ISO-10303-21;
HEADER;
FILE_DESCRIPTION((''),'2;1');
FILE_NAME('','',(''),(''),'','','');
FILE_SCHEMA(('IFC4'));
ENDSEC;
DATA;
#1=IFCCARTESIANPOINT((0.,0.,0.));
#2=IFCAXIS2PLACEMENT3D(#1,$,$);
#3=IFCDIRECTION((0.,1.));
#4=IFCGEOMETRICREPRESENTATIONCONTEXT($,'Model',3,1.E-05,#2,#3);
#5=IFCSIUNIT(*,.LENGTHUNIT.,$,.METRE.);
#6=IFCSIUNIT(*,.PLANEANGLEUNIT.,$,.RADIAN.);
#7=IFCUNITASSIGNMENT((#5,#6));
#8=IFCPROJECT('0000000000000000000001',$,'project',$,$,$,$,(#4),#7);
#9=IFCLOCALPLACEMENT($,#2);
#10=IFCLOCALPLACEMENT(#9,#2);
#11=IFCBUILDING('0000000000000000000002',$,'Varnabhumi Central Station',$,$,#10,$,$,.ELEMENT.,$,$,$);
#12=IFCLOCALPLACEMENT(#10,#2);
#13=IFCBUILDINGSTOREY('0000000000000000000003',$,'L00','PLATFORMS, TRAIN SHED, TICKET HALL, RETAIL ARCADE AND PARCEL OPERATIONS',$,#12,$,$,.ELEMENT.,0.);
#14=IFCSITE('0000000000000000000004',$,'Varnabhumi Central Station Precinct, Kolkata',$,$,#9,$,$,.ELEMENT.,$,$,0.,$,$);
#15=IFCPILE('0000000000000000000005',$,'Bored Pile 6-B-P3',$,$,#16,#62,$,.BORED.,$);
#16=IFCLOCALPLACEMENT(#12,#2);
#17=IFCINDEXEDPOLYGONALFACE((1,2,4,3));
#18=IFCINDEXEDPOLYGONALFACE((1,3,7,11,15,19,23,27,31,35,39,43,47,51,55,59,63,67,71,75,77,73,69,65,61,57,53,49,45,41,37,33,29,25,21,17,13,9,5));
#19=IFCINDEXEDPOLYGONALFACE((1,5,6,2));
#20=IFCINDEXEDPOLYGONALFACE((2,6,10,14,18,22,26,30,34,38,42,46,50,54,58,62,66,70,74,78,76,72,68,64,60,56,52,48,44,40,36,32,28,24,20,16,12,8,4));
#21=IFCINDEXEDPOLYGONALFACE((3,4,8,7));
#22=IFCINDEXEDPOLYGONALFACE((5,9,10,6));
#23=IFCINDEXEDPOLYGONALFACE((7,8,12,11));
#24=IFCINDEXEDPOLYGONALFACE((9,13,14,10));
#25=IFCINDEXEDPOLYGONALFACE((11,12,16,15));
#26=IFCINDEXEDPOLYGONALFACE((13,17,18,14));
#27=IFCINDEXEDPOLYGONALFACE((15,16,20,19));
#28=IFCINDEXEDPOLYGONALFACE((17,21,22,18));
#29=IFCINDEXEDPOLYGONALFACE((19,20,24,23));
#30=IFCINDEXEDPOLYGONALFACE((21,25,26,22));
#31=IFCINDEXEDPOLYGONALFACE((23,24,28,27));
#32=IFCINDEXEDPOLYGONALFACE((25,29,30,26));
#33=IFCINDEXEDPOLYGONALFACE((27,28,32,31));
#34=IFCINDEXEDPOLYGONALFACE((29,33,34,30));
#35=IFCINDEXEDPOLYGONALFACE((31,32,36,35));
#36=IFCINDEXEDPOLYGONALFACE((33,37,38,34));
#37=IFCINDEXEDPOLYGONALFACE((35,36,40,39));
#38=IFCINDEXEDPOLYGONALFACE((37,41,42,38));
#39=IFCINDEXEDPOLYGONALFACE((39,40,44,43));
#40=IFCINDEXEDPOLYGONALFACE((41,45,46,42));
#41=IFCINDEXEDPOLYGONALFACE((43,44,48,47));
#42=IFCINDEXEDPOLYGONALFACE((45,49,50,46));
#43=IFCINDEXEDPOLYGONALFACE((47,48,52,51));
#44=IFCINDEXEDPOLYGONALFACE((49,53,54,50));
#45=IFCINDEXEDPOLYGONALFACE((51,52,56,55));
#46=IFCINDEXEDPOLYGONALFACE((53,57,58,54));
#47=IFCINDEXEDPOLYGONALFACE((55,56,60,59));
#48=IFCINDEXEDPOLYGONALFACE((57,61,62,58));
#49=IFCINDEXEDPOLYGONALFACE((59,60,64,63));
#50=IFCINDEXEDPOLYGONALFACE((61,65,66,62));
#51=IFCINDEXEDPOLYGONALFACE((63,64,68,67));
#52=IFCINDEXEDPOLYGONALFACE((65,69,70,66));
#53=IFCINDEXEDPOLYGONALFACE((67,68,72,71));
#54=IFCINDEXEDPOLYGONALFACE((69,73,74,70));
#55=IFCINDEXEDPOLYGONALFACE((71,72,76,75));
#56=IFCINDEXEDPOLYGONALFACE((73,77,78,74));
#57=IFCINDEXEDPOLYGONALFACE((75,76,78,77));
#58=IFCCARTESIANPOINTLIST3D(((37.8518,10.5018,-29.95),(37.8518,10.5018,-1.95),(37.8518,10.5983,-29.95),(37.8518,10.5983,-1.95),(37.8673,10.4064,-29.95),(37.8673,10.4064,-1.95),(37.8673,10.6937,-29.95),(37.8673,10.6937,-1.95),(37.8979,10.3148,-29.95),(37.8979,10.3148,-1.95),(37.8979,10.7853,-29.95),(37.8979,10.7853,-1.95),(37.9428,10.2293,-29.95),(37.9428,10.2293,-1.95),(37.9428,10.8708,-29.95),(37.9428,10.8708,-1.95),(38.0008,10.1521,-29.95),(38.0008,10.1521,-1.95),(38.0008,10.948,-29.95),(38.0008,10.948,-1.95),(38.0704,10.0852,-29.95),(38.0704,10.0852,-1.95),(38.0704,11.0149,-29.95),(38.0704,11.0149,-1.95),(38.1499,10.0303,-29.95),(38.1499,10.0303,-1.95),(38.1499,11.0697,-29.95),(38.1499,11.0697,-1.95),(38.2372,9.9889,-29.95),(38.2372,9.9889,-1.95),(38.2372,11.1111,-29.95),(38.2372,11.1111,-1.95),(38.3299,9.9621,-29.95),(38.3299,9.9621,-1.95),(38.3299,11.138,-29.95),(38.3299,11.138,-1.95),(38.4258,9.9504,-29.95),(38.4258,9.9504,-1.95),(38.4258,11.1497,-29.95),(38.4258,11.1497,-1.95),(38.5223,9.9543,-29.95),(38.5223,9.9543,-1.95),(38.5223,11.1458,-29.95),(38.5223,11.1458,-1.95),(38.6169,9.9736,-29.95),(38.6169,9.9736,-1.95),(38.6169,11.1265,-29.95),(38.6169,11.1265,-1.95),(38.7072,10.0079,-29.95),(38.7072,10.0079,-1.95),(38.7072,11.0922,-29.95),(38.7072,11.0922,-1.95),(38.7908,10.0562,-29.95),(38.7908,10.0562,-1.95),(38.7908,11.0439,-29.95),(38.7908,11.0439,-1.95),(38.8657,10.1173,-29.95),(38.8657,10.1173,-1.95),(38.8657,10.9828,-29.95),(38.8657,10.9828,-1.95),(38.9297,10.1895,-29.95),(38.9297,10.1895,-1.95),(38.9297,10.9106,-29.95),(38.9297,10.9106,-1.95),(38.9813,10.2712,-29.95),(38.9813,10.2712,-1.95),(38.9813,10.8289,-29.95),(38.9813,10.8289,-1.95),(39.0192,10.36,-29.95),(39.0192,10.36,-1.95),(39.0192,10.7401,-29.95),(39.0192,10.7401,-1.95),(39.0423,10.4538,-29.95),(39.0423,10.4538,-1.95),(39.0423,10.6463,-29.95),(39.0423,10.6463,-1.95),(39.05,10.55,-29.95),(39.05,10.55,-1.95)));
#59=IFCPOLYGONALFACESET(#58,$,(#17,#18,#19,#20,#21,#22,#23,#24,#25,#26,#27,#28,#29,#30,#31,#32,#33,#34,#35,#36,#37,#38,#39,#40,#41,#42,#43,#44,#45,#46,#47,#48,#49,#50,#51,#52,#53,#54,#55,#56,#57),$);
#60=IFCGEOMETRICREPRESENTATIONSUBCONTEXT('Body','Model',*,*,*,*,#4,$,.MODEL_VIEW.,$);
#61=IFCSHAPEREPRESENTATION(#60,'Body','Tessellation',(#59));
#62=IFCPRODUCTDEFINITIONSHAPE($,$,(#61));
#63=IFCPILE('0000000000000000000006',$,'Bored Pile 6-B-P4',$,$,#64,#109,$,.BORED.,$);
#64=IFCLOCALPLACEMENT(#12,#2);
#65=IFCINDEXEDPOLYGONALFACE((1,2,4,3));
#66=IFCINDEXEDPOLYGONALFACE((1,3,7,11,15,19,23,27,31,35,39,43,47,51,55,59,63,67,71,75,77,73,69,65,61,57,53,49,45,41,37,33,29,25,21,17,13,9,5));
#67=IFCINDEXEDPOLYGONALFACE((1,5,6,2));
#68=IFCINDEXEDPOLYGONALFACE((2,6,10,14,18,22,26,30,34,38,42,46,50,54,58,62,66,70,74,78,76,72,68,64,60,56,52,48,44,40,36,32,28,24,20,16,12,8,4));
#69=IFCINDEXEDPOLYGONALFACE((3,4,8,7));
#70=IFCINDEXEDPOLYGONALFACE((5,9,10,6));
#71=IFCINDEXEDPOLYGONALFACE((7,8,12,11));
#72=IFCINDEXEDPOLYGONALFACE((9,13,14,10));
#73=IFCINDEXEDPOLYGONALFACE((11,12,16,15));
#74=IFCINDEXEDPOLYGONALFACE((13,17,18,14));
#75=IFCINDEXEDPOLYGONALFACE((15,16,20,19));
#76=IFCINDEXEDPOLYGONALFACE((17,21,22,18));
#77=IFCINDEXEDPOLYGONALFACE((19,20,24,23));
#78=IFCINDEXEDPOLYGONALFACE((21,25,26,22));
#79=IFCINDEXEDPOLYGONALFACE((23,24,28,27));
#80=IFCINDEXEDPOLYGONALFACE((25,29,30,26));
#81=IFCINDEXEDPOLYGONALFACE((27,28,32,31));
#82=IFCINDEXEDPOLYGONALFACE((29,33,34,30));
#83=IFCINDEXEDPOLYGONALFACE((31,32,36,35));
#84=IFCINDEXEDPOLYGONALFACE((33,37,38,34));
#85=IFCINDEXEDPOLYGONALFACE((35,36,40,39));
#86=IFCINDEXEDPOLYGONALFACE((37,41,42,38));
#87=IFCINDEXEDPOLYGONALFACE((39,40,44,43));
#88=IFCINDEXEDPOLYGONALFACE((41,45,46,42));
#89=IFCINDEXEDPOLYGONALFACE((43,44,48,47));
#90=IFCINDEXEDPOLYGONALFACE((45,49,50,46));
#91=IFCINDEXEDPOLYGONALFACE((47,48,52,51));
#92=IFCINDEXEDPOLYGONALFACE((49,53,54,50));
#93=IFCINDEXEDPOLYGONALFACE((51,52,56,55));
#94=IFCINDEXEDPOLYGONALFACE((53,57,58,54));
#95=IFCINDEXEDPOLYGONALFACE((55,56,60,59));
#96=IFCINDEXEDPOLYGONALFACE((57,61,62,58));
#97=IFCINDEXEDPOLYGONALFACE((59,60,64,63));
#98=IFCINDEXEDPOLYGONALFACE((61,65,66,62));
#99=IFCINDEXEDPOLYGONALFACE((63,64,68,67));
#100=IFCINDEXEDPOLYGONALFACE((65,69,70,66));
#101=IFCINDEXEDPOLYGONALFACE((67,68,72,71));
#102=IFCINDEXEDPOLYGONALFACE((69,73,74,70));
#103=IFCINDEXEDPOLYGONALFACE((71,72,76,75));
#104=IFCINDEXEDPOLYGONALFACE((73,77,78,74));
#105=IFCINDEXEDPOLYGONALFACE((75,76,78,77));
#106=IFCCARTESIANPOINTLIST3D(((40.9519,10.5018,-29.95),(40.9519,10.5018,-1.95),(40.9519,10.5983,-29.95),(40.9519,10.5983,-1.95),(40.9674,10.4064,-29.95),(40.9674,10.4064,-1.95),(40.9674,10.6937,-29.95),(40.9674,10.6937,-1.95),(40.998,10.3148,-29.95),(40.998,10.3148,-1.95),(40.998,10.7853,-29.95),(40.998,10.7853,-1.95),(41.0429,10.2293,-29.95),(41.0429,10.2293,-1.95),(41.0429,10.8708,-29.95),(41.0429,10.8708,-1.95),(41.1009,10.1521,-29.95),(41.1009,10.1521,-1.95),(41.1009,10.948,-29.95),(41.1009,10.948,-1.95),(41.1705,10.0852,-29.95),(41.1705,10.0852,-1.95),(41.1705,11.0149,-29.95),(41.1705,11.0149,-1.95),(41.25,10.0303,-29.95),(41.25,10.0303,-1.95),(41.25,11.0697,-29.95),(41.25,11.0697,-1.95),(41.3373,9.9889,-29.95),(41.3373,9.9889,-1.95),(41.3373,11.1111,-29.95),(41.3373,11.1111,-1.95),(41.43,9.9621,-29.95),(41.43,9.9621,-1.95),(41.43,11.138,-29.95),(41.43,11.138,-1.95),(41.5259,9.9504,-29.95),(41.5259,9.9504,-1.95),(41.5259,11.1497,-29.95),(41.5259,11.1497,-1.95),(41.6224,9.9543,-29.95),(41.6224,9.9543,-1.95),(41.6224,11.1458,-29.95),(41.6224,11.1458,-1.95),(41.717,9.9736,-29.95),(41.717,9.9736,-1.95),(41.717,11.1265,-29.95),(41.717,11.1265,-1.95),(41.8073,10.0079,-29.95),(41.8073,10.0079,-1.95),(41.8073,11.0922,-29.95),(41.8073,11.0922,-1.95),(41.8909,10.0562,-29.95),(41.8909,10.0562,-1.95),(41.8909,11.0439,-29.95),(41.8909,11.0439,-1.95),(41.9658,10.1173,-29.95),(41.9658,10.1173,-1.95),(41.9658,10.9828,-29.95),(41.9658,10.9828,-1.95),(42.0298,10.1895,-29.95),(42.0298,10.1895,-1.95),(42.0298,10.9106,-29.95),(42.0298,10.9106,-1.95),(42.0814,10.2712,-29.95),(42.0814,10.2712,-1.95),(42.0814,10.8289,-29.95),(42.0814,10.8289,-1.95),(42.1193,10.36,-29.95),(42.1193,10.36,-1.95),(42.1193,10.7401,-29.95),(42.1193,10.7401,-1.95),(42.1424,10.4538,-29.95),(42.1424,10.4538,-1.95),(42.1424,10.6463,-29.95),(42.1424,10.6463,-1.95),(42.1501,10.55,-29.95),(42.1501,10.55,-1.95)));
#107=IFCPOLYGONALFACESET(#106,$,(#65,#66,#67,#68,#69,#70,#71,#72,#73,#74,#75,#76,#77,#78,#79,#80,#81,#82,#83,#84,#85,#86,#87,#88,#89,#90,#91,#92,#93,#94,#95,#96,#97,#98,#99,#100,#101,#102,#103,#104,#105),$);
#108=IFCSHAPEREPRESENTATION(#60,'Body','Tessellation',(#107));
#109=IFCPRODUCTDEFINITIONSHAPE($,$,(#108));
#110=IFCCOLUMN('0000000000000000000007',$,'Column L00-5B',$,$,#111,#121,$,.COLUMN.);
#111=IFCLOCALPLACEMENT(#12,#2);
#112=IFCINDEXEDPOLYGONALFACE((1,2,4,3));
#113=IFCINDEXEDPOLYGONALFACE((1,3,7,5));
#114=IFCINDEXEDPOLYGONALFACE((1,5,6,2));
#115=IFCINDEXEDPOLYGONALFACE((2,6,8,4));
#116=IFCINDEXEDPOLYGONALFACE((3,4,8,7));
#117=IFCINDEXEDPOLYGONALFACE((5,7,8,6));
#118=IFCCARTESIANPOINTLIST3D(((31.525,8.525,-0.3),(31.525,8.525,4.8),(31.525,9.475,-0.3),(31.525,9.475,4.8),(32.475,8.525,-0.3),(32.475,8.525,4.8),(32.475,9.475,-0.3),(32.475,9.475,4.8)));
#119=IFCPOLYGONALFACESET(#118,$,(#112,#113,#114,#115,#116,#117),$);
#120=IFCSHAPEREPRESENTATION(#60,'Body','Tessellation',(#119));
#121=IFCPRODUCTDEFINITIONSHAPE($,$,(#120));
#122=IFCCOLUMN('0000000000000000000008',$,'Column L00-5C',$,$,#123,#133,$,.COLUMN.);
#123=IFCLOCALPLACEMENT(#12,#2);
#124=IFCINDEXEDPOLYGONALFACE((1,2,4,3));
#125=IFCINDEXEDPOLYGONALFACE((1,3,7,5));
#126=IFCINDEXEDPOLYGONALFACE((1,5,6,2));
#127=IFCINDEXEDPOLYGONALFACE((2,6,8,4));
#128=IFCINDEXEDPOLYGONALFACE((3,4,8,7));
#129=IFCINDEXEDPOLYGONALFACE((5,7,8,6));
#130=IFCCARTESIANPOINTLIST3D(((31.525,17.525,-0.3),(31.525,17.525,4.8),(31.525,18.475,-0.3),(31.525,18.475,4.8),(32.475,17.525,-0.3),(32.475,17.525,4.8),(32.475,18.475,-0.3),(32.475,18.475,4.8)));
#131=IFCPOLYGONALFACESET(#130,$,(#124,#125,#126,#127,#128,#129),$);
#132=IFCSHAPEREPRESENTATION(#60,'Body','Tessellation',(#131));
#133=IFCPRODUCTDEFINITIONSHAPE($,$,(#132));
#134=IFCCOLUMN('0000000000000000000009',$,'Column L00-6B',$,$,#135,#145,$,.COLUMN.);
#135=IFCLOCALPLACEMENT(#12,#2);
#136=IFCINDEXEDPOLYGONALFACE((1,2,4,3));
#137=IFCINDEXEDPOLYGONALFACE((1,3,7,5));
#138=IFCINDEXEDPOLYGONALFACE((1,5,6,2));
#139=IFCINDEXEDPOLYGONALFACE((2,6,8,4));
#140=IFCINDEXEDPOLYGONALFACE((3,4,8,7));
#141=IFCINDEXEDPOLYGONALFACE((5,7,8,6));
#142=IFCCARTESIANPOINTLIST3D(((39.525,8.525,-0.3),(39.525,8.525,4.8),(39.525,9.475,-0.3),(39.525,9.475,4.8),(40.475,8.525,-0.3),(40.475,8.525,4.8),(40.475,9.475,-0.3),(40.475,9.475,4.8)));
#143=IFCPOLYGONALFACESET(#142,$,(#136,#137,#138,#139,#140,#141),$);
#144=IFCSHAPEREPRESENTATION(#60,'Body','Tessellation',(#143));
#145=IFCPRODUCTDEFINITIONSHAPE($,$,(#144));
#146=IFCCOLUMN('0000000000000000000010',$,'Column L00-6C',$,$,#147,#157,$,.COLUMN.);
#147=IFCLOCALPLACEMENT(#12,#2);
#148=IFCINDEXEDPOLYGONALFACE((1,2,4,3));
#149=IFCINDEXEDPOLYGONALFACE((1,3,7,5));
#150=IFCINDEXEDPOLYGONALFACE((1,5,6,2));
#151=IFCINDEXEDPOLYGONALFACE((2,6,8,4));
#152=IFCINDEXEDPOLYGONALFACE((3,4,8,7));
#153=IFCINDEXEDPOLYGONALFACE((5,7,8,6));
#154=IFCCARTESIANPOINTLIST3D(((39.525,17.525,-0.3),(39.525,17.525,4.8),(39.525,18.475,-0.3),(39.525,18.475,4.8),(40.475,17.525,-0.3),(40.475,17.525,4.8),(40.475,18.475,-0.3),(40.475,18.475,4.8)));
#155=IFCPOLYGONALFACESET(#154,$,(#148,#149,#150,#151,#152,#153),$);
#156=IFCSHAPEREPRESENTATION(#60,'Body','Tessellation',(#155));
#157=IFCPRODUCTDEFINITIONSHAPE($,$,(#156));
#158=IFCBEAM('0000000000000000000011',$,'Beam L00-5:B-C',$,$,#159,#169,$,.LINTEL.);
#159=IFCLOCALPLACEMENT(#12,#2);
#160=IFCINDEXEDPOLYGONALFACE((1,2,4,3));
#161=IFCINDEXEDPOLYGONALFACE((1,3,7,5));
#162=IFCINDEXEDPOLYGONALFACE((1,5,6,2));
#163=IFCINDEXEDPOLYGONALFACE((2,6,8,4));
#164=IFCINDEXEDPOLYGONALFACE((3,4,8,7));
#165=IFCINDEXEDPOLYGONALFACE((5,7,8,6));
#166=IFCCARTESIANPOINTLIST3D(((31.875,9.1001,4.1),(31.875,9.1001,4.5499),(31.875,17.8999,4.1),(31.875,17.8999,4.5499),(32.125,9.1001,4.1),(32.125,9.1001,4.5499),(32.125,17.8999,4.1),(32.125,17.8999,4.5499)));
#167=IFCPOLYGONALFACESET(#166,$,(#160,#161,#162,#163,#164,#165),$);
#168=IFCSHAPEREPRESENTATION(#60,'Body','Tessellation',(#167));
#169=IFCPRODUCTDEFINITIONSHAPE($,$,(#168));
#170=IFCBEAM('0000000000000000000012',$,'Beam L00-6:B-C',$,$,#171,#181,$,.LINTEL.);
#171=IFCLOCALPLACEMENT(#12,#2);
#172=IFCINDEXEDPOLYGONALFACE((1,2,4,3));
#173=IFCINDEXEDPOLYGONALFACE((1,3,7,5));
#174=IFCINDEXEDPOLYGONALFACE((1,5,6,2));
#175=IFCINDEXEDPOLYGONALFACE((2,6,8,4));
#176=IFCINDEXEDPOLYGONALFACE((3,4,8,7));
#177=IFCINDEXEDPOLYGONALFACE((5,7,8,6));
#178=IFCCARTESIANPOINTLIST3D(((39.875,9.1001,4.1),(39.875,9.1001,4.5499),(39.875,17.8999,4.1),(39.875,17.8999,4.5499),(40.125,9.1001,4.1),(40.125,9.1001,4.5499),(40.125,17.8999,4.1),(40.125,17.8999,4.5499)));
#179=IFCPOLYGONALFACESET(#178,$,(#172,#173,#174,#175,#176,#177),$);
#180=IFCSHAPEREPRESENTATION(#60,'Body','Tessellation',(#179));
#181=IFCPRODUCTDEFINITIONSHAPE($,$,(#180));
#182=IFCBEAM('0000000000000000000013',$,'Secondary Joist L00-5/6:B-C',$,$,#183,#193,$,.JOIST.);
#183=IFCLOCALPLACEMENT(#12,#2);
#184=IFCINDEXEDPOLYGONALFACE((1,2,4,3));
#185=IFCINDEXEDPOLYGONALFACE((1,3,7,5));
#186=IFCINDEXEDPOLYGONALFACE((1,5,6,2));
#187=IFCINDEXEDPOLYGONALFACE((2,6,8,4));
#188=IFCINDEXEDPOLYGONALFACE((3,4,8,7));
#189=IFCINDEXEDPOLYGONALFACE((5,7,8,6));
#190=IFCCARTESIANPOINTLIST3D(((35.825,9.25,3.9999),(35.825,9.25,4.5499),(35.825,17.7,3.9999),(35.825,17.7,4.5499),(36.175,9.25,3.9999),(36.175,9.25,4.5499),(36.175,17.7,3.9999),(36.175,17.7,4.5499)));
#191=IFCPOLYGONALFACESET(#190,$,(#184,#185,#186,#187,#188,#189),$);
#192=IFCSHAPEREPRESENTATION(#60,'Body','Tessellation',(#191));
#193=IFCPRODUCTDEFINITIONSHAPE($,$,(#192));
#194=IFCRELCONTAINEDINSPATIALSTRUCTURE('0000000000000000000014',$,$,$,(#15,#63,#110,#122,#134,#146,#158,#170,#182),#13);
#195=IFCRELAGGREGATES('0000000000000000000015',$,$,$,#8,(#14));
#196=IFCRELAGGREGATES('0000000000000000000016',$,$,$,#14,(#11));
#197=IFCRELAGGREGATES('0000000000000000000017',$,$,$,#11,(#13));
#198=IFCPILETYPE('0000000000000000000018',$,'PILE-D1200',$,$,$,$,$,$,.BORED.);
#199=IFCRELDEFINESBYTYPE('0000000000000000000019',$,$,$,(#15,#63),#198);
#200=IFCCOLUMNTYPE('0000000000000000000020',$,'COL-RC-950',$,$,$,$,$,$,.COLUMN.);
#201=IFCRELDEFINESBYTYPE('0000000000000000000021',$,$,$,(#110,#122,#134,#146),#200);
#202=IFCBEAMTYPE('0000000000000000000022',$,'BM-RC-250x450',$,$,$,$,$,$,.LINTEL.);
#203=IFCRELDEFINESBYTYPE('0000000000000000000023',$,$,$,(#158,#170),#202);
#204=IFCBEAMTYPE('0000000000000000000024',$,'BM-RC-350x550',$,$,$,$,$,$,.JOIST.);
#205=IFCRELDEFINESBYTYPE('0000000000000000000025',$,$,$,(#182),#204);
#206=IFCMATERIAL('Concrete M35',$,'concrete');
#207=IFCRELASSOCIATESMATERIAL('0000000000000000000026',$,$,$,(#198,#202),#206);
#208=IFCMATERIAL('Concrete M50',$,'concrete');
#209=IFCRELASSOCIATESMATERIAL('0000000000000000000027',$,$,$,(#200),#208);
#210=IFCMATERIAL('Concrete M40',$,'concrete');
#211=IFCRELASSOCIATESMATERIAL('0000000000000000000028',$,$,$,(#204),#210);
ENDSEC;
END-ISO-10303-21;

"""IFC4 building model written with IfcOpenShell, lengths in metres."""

from ifc_helpers import new_model, si_unit, direction, frame, origin, origin_2d, place, context, subcontext, project, spatial, rectangle, circle, extrude, material, material_profile, profile_set, type_object, element, save


model = new_model("IFC4")

# Units and contexts
model_context = context("Model", 3, precision=1e-05, world=origin(), true_north=direction((0.0, 1.0)))
body_context = subcontext(model_context, "Body", "Model", "MODEL_VIEW")
ifc_project = project(units=[si_unit("LENGTHUNIT", "METRE"), si_unit("PLANEANGLEUNIT", "RADIAN")], contexts=[model_context])

# Site, building, storey
site_placement = place(None, origin())
site = spatial("IfcSite", under=ifc_project, at=site_placement, Name="Varnabhumi Central Station Precinct, Kolkata", CompositionType="ELEMENT", RefElevation=0.0)
building_placement = place(site_placement, origin())
building = spatial("IfcBuilding", under=site, at=building_placement, Name="Varnabhumi Central Station", CompositionType="ELEMENT")
storey_placement = place(building_placement, origin())
storey = spatial("IfcBuildingStorey", under=building, at=storey_placement, Name="L00", Description="PLATFORMS, TRAIN SHED, TICKET HALL, RETAIL ARCADE AND PARCEL OPERATIONS", CompositionType="ELEMENT", Elevation=0.0)

# Shared definitions
ifc_material_1 = material(Name="Concrete M40", Category="concrete")

# Piles
ifc_material_2 = material(Name="Concrete M35", Category="concrete")
ifc_material_profile_1 = material_profile(ifc_material_2, circle(Radius=0.6001, at=origin_2d()), Name="Concrete M35", Category="concrete")
ifc_profile_set_1 = profile_set([ifc_material_profile_1], Name="Concrete M35")
pile_type_1 = type_object("IfcPileType", Name="PILE-D1200", PredefinedType="BORED", material=ifc_profile_set_1)
for number, where, z_axis, x_axis, name in (
    (1, (38.45, 10.55, -1.95), (0.0, 0.0, -1.0), (1.0, 0.0, 0.0), "Bored Pile 6-B-P3"),
    (2, (41.55, 10.55, -1.95), (0.0, 0.0, -1.0), (1.0, 0.0, 0.0), "Bored Pile 6-B-P4"),
):
    element("IfcPile", number, at=place(storey_placement, frame(where, z_axis=z_axis, x_axis=x_axis)), inside=storey, type_object=pile_type_1, Name=name, PredefinedType="BORED", context=body_context, shape_type="SweptSolid", body=[
        extrude(circle(Radius=0.6001, at=origin_2d()), origin(), (0.0, 0.0, 1.0), 28.0),
    ])

# Columns
ifc_material_3 = material(Name="Concrete M50", Category="concrete")
ifc_material_profile_2 = material_profile(ifc_material_3, rectangle(XDim=0.95, YDim=0.95, at=origin_2d()), Name="Concrete M50", Category="concrete")
ifc_profile_set_2 = profile_set([ifc_material_profile_2], Name="Concrete M50")
column_type = type_object("IfcColumnType", Name="COL-RC-950", PredefinedType="COLUMN", material=ifc_profile_set_2)
for number, where, z_axis, x_axis, name in (
    (3, (32.0, 9.0, -0.3), (0.0, 0.0, 1.0), (1.0, 0.0, 0.0), "Column L00-5B"),
    (4, (32.0, 18.0, -0.3), (0.0, 0.0, 1.0), (1.0, 0.0, 0.0), "Column L00-5C"),
    (5, (40.0, 9.0, -0.3), (0.0, 0.0, 1.0), (1.0, 0.0, 0.0), "Column L00-6B"),
    (6, (40.0, 18.0, -0.3), (0.0, 0.0, 1.0), (1.0, 0.0, 0.0), "Column L00-6C"),
):
    element("IfcColumn", number, at=place(storey_placement, frame(where, z_axis=z_axis, x_axis=x_axis)), inside=storey, type_object=column_type, Name=name, PredefinedType="COLUMN", context=body_context, shape_type="SweptSolid", body=[
        extrude(rectangle(XDim=0.95, YDim=0.95, at=origin_2d()), origin(), (0.0, 0.0, 1.0), 5.1001),
    ])

# Beams
ifc_material_profile_3 = material_profile(ifc_material_2, rectangle(XDim=0.25, YDim=0.45, at=origin_2d()), Name="Concrete M35", Category="concrete")
ifc_profile_set_3 = profile_set([ifc_material_profile_3], Name="Concrete M35")
beam_type_1 = type_object("IfcBeamType", Name="BM-RC-250x450", PredefinedType="LINTEL", material=ifc_profile_set_3)
for number, where, z_axis, x_axis, name in (
    (7, (32.0, 9.1001, 4.325), (0.0, 1.0, 0.0), (-1.0, 0.0, 0.0), "Beam L00-5:B-C"),
    (8, (40.0, 9.1001, 4.325), (0.0, 1.0, 0.0), (-1.0, 0.0, 0.0), "Beam L00-6:B-C"),
):
    element("IfcBeam", number, at=place(storey_placement, frame(where, z_axis=z_axis, x_axis=x_axis)), inside=storey, type_object=beam_type_1, Name=name, PredefinedType="LINTEL", context=body_context, shape_type="SweptSolid", body=[
        extrude(rectangle(XDim=0.25, YDim=0.45, at=origin_2d()), origin(), (0.0, 0.0, 1.0), 8.7998),
    ])
ifc_material_profile_4 = material_profile(ifc_material_1, rectangle(XDim=0.3501, YDim=0.55, at=origin_2d()), Name="Concrete M40", Category="concrete")
ifc_profile_set_4 = profile_set([ifc_material_profile_4], Name="Concrete M40")
beam_type_2 = type_object("IfcBeamType", Name="BM-RC-350x550", PredefinedType="JOIST", material=ifc_profile_set_4)
beam_placement = place(storey_placement, frame((36.0, 9.25, 4.2749), z_axis=(0.0, 1.0, 0.0), x_axis=(-1.0, 0.0, 0.0)))
element("IfcBeam", 9, at=beam_placement, inside=storey, type_object=beam_type_2, Name="Secondary Joist L00-5/6:B-C", PredefinedType="JOIST", context=body_context, shape_type="SweptSolid", body=[
    extrude(rectangle(XDim=0.3501, YDim=0.55, at=origin_2d()), origin(), (0.0, 0.0, 1.0), 8.45),
])

save(model, "model.ifc")
